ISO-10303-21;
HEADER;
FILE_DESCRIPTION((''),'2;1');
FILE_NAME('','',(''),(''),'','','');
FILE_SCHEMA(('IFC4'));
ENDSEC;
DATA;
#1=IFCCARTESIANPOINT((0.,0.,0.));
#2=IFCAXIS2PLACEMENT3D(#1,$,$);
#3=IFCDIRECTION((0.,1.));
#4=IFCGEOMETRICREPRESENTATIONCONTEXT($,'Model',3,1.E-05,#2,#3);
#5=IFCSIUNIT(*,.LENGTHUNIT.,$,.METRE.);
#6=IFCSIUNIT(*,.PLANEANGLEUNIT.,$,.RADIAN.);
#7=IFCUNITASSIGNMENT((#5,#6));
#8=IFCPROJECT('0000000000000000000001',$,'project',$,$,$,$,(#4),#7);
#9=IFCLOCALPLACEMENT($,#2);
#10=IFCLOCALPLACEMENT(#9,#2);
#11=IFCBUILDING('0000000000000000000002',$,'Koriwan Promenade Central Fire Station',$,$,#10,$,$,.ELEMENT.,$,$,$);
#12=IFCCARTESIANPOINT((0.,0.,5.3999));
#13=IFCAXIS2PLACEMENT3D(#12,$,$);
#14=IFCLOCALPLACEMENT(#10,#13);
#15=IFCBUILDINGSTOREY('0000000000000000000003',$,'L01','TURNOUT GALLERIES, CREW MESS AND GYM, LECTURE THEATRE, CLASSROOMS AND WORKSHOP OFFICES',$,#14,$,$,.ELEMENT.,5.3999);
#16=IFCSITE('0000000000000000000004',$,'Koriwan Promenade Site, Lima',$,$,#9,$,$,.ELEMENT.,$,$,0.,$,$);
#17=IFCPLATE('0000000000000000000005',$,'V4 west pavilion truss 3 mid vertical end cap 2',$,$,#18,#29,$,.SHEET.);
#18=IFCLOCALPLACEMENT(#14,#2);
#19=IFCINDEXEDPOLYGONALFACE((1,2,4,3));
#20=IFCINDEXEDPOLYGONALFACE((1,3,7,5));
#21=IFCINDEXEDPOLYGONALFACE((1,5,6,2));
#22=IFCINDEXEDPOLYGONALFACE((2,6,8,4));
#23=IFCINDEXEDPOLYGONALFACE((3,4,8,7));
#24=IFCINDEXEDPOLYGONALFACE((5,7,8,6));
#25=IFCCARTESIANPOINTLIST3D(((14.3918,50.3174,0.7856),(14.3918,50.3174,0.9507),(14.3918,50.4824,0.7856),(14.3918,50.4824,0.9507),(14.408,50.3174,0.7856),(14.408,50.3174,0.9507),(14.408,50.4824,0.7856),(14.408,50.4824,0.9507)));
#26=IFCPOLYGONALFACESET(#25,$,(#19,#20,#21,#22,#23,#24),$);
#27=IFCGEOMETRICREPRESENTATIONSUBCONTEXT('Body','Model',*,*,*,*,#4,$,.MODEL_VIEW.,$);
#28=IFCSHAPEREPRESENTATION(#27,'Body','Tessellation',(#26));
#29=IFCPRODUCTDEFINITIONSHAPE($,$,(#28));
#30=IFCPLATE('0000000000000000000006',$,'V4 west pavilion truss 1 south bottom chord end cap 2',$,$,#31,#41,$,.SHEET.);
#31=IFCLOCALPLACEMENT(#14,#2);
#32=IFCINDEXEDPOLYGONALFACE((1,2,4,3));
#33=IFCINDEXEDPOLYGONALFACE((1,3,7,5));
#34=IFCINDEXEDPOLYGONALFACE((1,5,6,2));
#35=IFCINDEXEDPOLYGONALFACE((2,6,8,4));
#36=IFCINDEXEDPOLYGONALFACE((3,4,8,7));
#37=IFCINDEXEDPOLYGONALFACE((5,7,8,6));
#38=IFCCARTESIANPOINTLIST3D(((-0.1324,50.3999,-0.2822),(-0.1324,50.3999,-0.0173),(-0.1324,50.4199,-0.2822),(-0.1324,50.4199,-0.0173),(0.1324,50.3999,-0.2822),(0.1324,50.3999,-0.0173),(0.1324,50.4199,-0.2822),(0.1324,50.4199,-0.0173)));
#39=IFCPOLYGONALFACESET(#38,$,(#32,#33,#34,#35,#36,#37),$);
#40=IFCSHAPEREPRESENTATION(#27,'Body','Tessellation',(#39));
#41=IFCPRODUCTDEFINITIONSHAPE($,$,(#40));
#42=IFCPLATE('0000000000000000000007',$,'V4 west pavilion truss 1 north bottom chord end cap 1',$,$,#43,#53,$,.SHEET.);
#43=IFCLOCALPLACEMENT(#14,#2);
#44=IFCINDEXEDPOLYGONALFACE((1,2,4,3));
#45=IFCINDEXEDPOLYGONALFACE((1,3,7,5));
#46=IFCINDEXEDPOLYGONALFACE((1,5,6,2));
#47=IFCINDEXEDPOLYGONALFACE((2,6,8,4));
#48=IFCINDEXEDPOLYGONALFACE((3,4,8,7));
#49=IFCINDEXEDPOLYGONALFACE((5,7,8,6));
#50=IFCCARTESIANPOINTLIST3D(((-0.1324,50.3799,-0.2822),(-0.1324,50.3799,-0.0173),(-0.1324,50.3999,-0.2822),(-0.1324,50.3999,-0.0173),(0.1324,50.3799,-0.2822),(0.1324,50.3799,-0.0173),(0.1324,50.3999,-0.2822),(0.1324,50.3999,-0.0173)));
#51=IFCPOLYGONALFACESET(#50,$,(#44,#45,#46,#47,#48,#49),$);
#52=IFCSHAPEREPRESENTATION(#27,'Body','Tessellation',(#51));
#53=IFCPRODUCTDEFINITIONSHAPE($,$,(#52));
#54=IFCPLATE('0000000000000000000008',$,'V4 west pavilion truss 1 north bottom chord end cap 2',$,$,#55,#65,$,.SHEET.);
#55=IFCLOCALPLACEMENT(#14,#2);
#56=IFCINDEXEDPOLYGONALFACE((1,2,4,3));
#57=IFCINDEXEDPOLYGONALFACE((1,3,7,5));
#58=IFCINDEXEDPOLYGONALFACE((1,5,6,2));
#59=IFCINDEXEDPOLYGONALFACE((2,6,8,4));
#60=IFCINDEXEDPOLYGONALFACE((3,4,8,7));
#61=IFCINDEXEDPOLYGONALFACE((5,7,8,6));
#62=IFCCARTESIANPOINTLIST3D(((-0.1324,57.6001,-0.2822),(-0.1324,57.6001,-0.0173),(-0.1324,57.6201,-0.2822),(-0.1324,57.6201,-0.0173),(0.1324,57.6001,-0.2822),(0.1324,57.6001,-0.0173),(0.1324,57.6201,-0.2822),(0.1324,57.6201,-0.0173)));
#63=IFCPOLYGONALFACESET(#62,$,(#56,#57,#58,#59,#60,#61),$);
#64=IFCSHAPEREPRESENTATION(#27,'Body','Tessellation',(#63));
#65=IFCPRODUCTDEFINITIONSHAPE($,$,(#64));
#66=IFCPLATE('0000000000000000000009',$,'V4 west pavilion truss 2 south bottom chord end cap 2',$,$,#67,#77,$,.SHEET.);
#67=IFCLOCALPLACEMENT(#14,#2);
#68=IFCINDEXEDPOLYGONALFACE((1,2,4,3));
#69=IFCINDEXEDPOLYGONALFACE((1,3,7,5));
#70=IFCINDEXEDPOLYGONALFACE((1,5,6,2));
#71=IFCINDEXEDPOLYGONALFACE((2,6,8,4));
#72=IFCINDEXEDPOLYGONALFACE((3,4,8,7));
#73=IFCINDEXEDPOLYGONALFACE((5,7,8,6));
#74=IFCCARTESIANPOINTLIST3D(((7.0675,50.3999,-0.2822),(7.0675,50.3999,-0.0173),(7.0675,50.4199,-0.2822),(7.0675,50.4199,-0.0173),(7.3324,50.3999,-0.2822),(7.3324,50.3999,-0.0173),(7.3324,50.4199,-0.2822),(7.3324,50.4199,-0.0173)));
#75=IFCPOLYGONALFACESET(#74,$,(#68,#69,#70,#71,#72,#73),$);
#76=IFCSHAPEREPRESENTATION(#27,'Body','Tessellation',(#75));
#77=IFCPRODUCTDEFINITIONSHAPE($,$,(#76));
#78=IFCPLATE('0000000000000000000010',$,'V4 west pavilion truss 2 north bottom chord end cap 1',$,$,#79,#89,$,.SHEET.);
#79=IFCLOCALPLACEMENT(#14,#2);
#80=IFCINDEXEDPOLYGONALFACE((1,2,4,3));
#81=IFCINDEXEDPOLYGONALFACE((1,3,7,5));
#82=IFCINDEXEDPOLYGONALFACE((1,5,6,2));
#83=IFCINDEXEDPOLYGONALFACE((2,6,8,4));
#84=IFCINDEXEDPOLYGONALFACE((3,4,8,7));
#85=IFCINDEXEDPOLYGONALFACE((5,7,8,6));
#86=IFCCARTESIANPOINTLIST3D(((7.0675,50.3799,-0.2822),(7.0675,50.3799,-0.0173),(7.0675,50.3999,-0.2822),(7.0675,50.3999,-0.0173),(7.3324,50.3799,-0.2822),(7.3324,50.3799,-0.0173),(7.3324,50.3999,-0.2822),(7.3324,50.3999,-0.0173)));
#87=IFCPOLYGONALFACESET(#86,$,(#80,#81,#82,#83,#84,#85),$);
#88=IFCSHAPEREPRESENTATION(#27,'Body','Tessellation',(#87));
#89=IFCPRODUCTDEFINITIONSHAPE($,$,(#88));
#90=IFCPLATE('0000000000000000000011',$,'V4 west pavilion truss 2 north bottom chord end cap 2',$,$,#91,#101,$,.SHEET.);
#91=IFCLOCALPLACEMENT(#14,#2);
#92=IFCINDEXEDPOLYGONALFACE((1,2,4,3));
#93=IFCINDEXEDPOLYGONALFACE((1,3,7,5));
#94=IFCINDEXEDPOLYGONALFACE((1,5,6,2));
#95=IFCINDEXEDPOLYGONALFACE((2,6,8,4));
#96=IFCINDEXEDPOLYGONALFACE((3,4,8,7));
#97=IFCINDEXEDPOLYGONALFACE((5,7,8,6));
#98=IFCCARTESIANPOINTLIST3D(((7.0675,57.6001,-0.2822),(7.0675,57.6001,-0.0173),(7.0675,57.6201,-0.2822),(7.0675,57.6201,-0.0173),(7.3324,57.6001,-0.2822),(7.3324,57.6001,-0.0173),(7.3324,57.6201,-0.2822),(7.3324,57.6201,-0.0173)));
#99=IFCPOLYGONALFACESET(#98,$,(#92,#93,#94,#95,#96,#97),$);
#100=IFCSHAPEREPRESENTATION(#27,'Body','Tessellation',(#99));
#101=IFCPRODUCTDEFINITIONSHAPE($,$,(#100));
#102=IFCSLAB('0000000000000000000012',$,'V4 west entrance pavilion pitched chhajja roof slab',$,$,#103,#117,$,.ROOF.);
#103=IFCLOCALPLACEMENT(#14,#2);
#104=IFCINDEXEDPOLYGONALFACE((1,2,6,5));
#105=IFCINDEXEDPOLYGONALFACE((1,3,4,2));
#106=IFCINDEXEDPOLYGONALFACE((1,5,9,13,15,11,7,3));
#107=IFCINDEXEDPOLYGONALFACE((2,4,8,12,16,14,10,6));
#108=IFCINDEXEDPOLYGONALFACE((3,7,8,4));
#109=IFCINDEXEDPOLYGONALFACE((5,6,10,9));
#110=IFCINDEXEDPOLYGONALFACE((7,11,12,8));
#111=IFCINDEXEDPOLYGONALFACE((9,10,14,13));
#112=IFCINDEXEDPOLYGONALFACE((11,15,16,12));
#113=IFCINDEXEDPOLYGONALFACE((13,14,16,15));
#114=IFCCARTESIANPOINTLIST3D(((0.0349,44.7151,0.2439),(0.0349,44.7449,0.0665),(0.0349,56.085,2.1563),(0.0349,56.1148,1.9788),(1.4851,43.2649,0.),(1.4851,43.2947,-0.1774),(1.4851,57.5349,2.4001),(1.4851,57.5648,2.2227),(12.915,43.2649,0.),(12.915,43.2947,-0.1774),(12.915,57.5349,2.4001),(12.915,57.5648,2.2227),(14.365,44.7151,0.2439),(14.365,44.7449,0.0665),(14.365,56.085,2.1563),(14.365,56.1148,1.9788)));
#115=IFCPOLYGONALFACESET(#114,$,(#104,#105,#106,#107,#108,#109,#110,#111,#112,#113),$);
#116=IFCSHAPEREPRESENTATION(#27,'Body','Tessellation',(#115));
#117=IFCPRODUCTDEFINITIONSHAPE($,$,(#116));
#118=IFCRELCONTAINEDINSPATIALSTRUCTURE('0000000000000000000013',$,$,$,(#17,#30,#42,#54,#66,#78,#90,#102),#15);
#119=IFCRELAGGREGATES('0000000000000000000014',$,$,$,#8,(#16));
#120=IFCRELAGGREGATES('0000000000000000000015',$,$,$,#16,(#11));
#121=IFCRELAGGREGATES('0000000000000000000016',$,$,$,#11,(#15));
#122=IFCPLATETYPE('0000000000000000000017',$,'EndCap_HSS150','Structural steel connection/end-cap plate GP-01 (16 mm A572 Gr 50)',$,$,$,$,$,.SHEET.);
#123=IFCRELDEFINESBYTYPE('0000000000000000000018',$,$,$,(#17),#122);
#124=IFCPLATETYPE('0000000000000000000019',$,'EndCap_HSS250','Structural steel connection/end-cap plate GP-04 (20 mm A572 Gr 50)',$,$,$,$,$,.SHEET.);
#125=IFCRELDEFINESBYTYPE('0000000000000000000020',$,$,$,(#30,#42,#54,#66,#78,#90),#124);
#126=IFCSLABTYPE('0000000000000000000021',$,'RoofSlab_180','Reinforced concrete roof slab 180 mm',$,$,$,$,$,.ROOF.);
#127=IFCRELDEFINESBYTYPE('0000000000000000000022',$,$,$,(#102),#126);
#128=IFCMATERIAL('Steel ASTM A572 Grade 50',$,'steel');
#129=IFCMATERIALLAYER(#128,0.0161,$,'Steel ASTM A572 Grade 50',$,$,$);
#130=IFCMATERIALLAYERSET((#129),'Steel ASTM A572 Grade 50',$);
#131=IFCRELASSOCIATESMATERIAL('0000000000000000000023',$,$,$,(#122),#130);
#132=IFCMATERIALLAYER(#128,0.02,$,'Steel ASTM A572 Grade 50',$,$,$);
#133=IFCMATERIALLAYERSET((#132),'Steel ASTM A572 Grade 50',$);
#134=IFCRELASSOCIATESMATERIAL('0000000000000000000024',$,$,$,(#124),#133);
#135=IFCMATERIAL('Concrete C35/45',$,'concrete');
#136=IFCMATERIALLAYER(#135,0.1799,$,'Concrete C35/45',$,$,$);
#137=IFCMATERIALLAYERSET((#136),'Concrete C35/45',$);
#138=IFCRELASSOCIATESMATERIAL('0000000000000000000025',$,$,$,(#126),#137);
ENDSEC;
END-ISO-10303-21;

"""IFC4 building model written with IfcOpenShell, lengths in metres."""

from ifc_helpers import new_model, si_unit, direction, frame, origin, origin_2d, place, context, subcontext, project, spatial, polyline, rectangle, outline, extrude, material, layer, layer_set, type_object, element, save


model = new_model("IFC4")

# Units and contexts
model_context = context("Model", 3, precision=1e-05, world=origin(), true_north=direction((0.0, 1.0)))
body_context = subcontext(model_context, "Body", "Model", "MODEL_VIEW")
ifc_project = project(units=[si_unit("LENGTHUNIT", "METRE"), si_unit("PLANEANGLEUNIT", "RADIAN")], contexts=[model_context])

# Site, building, storey
site_placement = place(None, origin())
site = spatial("IfcSite", under=ifc_project, at=site_placement, Name="Koriwan Promenade Site, Lima", CompositionType="ELEMENT", RefElevation=0.0)
building_placement = place(site_placement, origin())
building = spatial("IfcBuilding", under=site, at=building_placement, Name="Koriwan Promenade Central Fire Station", CompositionType="ELEMENT")
storey_placement = place(building_placement, frame((0.0, 0.0, 5.3999)))
storey = spatial("IfcBuildingStorey", under=building, at=storey_placement, Name="L01", Description="TURNOUT GALLERIES, CREW MESS AND GYM, LECTURE THEATRE, CLASSROOMS AND WORKSHOP OFFICES", CompositionType="ELEMENT", Elevation=5.3999)

# Plates
ifc_material_1 = material(Name="Steel ASTM A572 Grade 50", Category="steel")
ifc_layer_1 = layer(ifc_material_1, 0.0161, Name="Steel ASTM A572 Grade 50")
ifc_layer_set_1 = layer_set([ifc_layer_1], Name="Steel ASTM A572 Grade 50")
plate_type_1 = type_object("IfcPlateType", Name="EndCap_HSS150", Description="Structural steel connection/end-cap plate GP-01 (16 mm A572 Gr 50)", PredefinedType="SHEET", material=ifc_layer_set_1)
for number, where, z_axis, x_axis, name in (
    (1, (14.3999, 50.3999, 0.7856), (0.0, 0.0, 1.0), (1.0, 0.0, 0.0), "V4 west pavilion truss 3 mid vertical end cap 2"),
):
    element("IfcPlate", number, at=place(storey_placement, frame(where, z_axis=z_axis, x_axis=x_axis)), inside=storey, type_object=plate_type_1, Name=name, PredefinedType="SHEET", context=body_context, shape_type="SweptSolid", body=[
        extrude(rectangle(XDim=0.0161, YDim=0.165, at=origin_2d()), origin(), (0.0, 0.0, 1.0), 0.165),
    ])
ifc_layer_2 = layer(ifc_material_1, 0.02, Name="Steel ASTM A572 Grade 50")
ifc_layer_set_2 = layer_set([ifc_layer_2], Name="Steel ASTM A572 Grade 50")
plate_type_2 = type_object("IfcPlateType", Name="EndCap_HSS250", Description="Structural steel connection/end-cap plate GP-04 (20 mm A572 Gr 50)", PredefinedType="SHEET", material=ifc_layer_set_2)
for number, where, z_axis, x_axis, name in (
    (2, (0.0, 50.4099, -0.2822), (0.0, 0.0, 1.0), (0.0, 1.0, 0.0), "V4 west pavilion truss 1 south bottom chord end cap 2"),
    (3, (0.0, 50.3899, -0.2822), (0.0, 0.0, 1.0), (0.0, 1.0, 0.0), "V4 west pavilion truss 1 north bottom chord end cap 1"),
    (4, (0.0, 57.6101, -0.2822), (0.0, 0.0, 1.0), (0.0, 1.0, 0.0), "V4 west pavilion truss 1 north bottom chord end cap 2"),
    (5, (7.2, 50.4099, -0.2822), (0.0, 0.0, 1.0), (0.0, 1.0, 0.0), "V4 west pavilion truss 2 south bottom chord end cap 2"),
    (6, (7.2, 50.3899, -0.2822), (0.0, 0.0, 1.0), (0.0, 1.0, 0.0), "V4 west pavilion truss 2 north bottom chord end cap 1"),
    (7, (7.2, 57.6101, -0.2822), (0.0, 0.0, 1.0), (0.0, 1.0, 0.0), "V4 west pavilion truss 2 north bottom chord end cap 2"),
):
    element("IfcPlate", number, at=place(storey_placement, frame(where, z_axis=z_axis, x_axis=x_axis)), inside=storey, type_object=plate_type_2, Name=name, PredefinedType="SHEET", context=body_context, shape_type="SweptSolid", body=[
        extrude(rectangle(XDim=0.02, YDim=0.2649, at=origin_2d()), origin(), (0.0, 0.0, 1.0), 0.2649),
    ])

# Slab
ifc_material_2 = material(Name="Concrete C35/45", Category="concrete")
ifc_layer_3 = layer(ifc_material_2, 0.1799, Name="Concrete C35/45")
ifc_layer_set_3 = layer_set([ifc_layer_3], Name="Concrete C35/45")
slab_type = type_object("IfcSlabType", Name="RoofSlab_180", Description="Reinforced concrete roof slab 180 mm", PredefinedType="ROOF", material=ifc_layer_set_3)
slab_placement = place(storey_placement, frame((1.4851, 43.2649, 0.0), z_axis=(0.0, -0.165865, 0.986148), x_axis=(1.0, 0.0, 0.0)))
element("IfcSlab", 8, at=slab_placement, inside=storey, type_object=slab_type, Name="V4 west entrance pavilion pitched chhajja roof slab", PredefinedType="ROOF", context=body_context, shape_type="SweptSolid", body=[
    extrude(outline(polyline([(0.0, 0.0), (11.4299, 0.0), (12.8799, 1.4706), (12.8799, 13.0001), (11.4299, 14.4705), (0.0, 14.4705), (-1.4502, 13.0001), (-1.4502, 1.4706), (0.0, 0.0)])), origin(), (0.0, 0.0, -1.0), 0.1799),
])

save(model, "model.ifc")
